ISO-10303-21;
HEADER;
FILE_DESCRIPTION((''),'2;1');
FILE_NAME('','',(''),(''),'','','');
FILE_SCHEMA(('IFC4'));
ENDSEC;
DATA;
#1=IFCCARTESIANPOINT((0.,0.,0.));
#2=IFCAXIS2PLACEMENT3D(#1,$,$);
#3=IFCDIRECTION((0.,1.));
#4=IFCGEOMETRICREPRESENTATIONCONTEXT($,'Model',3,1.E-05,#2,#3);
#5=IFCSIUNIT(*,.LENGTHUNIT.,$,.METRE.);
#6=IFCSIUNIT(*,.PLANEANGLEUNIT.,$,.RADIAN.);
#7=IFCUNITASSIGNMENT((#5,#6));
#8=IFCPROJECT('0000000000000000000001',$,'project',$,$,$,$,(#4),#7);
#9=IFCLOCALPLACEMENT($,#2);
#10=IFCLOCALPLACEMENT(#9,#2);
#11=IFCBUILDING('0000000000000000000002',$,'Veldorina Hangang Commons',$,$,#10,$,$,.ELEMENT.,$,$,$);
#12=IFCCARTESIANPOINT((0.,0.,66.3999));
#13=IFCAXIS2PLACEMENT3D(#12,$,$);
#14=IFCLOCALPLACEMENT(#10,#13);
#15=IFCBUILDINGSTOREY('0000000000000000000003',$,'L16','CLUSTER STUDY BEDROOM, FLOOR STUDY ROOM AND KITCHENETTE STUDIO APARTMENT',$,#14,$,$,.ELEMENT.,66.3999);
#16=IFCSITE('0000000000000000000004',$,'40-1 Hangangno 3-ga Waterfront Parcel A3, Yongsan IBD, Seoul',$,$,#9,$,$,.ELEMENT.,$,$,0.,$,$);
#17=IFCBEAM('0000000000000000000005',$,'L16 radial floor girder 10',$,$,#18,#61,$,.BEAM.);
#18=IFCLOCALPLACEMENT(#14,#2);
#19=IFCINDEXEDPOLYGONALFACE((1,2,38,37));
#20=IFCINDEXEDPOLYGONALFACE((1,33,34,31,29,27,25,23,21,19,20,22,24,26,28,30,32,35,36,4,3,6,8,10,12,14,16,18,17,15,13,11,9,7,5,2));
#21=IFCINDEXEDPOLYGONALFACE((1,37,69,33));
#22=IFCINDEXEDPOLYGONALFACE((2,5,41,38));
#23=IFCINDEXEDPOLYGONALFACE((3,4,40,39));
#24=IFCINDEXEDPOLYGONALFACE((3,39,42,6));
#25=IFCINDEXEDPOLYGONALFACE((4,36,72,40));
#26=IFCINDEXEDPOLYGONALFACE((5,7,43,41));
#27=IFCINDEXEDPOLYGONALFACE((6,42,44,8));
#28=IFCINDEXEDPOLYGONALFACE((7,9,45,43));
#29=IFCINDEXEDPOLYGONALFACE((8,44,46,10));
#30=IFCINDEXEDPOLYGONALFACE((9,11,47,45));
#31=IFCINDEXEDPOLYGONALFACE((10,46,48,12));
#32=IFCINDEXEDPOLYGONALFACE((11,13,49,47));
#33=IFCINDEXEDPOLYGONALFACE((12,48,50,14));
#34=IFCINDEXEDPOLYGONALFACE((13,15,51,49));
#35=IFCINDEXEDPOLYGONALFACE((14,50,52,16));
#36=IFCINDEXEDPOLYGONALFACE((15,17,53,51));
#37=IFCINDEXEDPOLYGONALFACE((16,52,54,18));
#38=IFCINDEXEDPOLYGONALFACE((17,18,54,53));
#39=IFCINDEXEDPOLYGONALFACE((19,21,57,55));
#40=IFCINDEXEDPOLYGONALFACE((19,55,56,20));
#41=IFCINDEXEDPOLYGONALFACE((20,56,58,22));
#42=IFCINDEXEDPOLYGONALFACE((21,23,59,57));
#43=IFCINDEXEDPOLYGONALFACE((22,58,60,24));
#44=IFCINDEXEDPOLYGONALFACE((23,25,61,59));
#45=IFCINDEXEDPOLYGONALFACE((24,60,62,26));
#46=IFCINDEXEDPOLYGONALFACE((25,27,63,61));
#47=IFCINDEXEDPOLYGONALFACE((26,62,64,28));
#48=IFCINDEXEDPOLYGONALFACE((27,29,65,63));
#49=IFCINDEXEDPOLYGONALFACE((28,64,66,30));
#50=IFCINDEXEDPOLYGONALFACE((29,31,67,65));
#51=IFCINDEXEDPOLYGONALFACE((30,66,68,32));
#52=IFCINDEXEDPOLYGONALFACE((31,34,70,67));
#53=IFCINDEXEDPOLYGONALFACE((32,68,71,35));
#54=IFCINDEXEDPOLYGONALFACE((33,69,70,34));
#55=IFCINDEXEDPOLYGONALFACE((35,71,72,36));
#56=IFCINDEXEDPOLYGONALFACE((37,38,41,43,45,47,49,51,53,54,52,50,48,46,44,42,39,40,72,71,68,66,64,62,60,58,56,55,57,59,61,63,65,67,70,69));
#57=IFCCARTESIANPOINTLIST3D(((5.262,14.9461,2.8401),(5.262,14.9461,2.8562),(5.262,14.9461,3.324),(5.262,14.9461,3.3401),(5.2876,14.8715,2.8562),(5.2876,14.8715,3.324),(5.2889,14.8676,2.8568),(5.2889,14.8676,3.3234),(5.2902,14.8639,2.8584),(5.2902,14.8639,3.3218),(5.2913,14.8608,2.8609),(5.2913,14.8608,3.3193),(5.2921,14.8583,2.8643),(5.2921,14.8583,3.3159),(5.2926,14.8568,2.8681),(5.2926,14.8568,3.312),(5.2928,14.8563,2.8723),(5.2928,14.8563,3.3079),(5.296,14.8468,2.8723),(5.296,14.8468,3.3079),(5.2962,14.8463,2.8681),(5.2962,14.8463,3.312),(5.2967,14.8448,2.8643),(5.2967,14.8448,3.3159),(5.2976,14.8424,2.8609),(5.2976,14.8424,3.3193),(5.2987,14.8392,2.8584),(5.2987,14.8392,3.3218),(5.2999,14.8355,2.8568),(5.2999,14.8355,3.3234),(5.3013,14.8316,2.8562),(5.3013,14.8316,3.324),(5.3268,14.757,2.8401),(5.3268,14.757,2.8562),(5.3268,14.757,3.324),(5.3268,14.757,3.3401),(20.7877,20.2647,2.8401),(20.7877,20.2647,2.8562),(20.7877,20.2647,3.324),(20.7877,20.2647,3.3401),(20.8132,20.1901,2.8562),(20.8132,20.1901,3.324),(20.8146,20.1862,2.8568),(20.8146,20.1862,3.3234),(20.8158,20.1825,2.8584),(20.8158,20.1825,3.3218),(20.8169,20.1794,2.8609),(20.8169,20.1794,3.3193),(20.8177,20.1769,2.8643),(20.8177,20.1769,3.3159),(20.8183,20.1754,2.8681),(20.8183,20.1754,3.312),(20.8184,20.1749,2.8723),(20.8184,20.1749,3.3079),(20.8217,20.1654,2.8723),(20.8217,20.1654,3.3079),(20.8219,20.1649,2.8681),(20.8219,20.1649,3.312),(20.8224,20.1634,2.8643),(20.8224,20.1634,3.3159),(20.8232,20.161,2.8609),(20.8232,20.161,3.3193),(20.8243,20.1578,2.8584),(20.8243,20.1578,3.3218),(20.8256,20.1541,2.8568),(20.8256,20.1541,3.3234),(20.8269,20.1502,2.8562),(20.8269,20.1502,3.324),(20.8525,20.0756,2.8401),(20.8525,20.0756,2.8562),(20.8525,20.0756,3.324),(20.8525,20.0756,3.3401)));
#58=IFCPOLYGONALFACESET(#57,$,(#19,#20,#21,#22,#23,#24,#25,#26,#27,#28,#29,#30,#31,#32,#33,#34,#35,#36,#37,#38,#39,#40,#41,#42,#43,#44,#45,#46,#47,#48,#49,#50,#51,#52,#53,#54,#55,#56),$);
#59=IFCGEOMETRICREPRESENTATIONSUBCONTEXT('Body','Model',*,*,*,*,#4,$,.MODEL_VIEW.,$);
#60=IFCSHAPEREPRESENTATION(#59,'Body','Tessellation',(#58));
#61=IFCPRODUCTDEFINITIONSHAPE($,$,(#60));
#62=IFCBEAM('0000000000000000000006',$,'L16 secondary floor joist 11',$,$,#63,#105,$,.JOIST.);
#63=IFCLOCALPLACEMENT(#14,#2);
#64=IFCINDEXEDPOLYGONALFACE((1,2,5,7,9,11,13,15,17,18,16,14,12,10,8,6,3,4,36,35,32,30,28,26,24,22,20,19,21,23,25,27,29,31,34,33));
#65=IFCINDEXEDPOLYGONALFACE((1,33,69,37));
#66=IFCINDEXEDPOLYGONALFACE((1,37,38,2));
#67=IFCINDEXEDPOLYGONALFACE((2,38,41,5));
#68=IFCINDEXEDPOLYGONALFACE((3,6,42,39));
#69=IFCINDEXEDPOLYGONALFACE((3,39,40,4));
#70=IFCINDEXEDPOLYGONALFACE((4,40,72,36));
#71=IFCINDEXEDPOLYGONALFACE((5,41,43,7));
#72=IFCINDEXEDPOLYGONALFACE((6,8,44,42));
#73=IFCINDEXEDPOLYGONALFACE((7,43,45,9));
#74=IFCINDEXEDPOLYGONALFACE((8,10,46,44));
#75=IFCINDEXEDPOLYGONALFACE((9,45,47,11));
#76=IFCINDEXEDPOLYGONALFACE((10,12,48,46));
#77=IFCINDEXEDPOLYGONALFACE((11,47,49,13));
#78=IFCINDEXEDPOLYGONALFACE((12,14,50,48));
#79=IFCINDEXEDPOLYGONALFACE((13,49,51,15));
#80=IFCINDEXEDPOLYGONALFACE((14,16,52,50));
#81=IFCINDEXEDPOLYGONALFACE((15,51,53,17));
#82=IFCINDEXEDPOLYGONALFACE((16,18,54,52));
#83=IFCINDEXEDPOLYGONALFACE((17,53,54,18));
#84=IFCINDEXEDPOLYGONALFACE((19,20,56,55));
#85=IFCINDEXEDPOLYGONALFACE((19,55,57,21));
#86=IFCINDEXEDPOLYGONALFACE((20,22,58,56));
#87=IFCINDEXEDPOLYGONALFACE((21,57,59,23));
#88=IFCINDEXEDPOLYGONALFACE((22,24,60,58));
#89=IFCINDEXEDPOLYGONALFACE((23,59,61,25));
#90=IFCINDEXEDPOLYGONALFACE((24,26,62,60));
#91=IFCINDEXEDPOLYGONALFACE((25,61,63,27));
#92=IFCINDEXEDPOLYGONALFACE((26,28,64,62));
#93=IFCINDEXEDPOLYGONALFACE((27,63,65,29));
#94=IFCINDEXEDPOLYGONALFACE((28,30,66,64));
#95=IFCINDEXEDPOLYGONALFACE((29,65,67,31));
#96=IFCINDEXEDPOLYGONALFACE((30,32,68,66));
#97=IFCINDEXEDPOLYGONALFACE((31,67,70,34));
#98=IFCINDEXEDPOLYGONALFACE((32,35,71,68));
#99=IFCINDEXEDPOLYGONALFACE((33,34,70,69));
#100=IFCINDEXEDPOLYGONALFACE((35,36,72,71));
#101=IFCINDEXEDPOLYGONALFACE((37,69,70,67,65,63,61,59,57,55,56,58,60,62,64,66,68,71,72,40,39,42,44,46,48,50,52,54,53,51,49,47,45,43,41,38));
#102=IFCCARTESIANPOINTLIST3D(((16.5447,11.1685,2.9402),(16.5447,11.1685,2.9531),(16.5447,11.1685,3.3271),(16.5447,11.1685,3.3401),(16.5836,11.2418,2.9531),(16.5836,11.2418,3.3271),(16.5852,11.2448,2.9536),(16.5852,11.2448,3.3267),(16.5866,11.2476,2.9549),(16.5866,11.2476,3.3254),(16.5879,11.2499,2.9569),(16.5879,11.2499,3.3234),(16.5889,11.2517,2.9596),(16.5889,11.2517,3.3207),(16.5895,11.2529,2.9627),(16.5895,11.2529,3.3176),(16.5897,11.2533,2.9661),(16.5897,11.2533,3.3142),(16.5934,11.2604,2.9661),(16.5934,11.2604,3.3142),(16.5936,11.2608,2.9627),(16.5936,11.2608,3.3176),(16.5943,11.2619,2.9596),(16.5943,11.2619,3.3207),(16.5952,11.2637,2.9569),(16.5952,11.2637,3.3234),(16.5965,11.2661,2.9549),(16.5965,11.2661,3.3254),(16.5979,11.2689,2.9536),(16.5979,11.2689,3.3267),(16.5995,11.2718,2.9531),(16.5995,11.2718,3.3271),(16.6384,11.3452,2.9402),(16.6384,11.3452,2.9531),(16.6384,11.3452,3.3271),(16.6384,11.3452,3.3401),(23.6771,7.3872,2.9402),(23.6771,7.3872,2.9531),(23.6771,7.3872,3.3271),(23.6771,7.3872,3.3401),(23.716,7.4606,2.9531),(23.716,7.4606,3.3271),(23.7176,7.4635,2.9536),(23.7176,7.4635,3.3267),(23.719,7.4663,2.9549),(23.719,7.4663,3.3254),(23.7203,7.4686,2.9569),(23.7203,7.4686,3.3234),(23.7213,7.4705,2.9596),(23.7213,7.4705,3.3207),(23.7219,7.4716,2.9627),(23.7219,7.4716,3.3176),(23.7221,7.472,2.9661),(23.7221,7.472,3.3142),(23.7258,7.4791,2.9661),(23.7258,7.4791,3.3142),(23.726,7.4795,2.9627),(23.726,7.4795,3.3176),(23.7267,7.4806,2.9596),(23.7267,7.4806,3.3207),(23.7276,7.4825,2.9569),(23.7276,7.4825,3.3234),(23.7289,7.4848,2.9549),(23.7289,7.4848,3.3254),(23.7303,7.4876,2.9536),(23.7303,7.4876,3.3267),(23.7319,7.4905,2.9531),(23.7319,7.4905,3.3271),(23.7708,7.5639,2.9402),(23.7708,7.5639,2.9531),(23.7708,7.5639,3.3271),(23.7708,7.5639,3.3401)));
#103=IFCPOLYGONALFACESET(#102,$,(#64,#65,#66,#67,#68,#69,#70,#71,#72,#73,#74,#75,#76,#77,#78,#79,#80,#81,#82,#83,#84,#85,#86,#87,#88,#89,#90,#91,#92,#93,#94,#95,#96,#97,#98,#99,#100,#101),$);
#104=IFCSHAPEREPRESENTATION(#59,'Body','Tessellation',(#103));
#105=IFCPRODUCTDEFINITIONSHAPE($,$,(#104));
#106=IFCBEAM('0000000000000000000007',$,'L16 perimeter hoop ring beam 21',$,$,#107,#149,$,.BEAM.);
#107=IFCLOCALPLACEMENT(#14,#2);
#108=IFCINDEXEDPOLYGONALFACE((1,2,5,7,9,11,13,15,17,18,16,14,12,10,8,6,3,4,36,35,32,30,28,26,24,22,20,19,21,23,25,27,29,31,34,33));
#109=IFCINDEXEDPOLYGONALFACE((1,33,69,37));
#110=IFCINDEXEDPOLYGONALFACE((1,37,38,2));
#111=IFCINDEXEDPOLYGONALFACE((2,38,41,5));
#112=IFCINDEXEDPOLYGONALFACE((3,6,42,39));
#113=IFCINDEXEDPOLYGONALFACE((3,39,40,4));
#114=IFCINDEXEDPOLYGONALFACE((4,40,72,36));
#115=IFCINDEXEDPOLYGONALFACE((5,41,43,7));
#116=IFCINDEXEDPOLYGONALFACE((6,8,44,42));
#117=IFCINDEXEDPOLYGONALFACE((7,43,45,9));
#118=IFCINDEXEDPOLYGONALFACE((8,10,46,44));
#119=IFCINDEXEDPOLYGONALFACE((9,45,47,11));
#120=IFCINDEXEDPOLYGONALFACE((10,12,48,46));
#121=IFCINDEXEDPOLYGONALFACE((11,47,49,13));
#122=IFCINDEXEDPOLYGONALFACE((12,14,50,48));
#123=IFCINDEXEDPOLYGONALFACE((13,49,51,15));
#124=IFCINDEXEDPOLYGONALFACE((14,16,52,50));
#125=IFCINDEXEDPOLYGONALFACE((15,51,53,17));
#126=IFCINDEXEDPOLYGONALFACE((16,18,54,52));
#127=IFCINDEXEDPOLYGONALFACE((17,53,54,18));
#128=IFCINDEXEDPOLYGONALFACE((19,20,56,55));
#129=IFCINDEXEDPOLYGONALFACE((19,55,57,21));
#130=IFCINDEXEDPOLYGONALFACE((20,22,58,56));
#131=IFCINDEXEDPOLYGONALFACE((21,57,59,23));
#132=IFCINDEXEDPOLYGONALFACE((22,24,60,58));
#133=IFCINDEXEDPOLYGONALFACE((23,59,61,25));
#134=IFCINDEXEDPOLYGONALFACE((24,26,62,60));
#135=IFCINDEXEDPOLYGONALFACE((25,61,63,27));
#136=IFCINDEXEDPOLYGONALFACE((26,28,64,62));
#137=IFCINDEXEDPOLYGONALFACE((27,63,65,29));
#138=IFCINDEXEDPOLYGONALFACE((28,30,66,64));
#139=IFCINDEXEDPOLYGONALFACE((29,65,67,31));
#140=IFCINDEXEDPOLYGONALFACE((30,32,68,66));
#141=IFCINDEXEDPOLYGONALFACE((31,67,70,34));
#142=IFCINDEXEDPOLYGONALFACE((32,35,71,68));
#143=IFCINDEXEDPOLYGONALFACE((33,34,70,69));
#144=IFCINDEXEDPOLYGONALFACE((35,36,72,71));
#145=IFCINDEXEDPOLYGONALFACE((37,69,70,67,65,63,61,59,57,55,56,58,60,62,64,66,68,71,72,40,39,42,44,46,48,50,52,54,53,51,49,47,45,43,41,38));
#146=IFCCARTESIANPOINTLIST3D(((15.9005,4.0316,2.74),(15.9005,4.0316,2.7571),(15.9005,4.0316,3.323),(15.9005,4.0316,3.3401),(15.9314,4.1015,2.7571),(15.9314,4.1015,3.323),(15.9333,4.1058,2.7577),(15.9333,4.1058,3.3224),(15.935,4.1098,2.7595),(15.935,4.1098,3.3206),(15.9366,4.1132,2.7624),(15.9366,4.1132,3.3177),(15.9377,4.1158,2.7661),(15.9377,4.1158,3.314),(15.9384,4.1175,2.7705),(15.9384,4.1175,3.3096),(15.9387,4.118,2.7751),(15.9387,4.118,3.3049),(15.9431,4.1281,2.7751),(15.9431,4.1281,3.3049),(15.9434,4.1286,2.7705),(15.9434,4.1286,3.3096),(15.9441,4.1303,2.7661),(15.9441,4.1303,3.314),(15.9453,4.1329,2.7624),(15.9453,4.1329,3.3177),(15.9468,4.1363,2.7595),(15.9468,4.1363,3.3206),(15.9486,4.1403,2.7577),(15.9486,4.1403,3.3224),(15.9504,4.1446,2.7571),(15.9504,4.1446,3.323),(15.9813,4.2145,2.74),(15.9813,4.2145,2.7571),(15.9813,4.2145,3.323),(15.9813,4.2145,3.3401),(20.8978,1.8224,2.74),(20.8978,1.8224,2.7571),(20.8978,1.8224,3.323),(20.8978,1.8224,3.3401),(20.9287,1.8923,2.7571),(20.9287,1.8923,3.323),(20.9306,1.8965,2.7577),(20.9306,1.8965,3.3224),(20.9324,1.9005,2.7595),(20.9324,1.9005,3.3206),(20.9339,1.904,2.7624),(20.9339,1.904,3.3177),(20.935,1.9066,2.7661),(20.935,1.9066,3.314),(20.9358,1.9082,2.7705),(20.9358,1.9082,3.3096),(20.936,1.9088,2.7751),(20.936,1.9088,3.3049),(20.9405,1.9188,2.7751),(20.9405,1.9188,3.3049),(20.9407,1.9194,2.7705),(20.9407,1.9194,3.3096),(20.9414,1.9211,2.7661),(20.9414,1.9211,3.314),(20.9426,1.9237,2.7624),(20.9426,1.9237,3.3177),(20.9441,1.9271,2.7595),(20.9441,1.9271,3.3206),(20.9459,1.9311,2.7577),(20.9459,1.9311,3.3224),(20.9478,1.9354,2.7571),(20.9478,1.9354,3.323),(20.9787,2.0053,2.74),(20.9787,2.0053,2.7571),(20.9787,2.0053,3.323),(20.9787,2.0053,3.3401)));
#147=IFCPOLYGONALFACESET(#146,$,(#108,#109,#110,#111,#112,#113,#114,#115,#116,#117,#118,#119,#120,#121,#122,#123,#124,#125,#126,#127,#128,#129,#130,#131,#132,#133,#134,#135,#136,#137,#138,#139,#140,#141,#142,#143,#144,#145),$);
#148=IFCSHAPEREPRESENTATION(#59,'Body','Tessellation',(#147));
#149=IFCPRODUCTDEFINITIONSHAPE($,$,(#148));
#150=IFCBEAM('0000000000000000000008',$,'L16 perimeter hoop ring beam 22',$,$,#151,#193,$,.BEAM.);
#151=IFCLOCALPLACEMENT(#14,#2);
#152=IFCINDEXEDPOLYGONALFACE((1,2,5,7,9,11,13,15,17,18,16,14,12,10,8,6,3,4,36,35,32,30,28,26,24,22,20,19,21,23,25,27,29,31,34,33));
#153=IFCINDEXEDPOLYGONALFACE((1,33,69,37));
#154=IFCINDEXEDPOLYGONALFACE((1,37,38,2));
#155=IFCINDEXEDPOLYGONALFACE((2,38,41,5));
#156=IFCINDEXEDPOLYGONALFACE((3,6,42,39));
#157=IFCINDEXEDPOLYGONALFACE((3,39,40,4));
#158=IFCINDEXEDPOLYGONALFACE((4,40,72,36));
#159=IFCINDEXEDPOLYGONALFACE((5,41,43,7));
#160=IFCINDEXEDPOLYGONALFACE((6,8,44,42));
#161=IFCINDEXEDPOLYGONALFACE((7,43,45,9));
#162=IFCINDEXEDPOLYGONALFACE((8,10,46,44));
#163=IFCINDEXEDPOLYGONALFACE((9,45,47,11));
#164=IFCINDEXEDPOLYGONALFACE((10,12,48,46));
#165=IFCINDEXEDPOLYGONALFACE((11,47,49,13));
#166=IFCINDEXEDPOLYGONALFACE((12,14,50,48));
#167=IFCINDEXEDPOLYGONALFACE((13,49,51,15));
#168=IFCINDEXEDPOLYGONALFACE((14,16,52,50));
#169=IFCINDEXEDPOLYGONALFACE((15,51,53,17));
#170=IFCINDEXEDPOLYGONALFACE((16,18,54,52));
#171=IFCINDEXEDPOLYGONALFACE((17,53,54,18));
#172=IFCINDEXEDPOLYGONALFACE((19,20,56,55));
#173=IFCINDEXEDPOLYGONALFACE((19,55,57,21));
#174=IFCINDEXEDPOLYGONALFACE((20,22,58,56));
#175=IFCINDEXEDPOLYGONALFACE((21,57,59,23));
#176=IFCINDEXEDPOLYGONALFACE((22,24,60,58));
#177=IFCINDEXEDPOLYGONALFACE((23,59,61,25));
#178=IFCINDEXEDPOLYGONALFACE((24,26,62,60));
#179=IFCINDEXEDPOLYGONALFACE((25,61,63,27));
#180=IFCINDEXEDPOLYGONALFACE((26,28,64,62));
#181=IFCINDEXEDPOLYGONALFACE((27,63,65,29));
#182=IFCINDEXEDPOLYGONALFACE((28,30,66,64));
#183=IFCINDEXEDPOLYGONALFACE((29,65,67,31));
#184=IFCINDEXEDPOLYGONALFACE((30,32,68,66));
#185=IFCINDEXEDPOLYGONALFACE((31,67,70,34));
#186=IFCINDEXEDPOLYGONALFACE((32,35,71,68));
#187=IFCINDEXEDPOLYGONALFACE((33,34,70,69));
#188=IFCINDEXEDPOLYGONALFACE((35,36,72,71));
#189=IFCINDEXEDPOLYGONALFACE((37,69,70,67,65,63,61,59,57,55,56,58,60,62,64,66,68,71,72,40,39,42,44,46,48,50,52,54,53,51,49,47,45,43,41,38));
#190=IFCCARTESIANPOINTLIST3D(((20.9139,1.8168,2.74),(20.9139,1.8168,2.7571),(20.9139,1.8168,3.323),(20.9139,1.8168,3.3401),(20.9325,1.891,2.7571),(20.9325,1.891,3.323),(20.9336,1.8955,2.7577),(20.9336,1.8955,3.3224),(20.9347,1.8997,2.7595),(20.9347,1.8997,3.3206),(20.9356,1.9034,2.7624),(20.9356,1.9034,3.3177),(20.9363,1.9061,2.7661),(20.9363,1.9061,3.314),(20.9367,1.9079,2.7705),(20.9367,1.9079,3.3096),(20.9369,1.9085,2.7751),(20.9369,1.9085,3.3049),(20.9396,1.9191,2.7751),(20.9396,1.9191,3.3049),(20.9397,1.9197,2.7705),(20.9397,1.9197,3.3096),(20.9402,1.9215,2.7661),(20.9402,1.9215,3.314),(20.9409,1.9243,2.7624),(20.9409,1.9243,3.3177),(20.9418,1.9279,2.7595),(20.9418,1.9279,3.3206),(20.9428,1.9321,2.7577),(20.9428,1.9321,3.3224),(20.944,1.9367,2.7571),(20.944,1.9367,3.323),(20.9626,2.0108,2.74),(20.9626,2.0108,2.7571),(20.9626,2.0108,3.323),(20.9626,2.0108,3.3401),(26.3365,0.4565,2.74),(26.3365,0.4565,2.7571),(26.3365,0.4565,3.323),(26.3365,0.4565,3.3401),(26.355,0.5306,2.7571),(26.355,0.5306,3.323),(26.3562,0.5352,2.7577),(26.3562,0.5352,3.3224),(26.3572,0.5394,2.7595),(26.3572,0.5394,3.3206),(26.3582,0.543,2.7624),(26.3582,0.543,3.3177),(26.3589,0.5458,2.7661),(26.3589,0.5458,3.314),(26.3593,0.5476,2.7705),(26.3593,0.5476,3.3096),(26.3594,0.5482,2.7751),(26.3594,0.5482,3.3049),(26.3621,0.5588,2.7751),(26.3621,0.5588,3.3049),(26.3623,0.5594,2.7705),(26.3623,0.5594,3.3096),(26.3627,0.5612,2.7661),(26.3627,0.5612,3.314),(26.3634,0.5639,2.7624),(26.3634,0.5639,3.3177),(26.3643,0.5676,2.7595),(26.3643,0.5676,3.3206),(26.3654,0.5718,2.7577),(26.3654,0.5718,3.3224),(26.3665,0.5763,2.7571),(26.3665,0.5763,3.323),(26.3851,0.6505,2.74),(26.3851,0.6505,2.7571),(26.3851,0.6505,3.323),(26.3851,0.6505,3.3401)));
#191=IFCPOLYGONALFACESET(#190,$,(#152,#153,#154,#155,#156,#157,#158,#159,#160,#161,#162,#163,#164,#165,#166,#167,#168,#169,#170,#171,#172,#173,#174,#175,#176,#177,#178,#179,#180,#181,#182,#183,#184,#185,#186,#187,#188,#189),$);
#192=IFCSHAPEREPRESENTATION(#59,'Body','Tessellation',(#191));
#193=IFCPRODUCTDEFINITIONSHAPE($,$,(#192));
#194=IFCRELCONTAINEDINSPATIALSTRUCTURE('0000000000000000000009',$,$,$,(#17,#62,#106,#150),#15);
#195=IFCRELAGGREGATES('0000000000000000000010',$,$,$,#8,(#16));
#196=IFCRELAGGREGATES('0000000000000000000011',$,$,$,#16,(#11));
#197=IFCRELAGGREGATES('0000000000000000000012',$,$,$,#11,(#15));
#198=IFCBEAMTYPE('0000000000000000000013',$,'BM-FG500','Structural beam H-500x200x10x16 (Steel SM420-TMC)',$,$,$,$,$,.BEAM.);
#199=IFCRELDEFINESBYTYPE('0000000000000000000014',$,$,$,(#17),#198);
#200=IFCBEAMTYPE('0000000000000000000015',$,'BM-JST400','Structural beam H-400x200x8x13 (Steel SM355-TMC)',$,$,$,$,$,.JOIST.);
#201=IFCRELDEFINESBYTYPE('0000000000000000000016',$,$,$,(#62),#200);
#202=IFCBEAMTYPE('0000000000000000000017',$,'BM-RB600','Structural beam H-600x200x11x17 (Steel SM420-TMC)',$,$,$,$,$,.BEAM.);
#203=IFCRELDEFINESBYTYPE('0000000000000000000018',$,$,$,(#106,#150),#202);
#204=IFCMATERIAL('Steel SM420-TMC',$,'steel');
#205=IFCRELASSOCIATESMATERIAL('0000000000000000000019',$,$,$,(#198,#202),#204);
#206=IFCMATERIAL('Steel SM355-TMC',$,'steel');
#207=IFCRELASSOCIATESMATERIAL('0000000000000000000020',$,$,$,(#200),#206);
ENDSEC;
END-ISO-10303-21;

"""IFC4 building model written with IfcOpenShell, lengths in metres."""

from ifc_helpers import new_model, si_unit, direction, frame, origin, origin_2d, place, context, subcontext, project, spatial, i_section, extrude, material, material_profile, profile_set, type_object, element, save


model = new_model("IFC4")

# Units and contexts
model_context = context("Model", 3, precision=1e-05, world=origin(), true_north=direction((0.0, 1.0)))
body_context = subcontext(model_context, "Body", "Model", "MODEL_VIEW")
ifc_project = project(units=[si_unit("LENGTHUNIT", "METRE"), si_unit("PLANEANGLEUNIT", "RADIAN")], contexts=[model_context])

# Site, building, storey
site_placement = place(None, origin())
site = spatial("IfcSite", under=ifc_project, at=site_placement, Name="40-1 Hangangno 3-ga Waterfront Parcel A3, Yongsan IBD, Seoul", CompositionType="ELEMENT", RefElevation=0.0)
building_placement = place(site_placement, origin())
building = spatial("IfcBuilding", under=site, at=building_placement, Name="Veldorina Hangang Commons", CompositionType="ELEMENT")
storey_placement = place(building_placement, frame((0.0, 0.0, 66.3999)))
storey = spatial("IfcBuildingStorey", under=building, at=storey_placement, Name="L16", Description="CLUSTER STUDY BEDROOM, FLOOR STUDY ROOM AND KITCHENETTE STUDIO APARTMENT", CompositionType="ELEMENT", Elevation=66.3999)

# Beams
ifc_material_1 = material(Name="Steel SM420-TMC", Category="steel")
ifc_material_profile_1 = material_profile(ifc_material_1, i_section(OverallWidth=0.2, OverallDepth=0.5, WebThickness=0.01, FlangeThickness=0.0161, FilletRadius=0.0161, at=origin_2d()), Name="H-500x200x10x16")
ifc_profile_set_1 = profile_set([ifc_material_profile_1], Name="Steel SM420-TMC")
beam_type_1 = type_object("IfcBeamType", Name="BM-FG500", Description="Structural beam H-500x200x10x16 (Steel SM420-TMC)", PredefinedType="BEAM", material=ifc_profile_set_1)
beam_1_placement = place(storey_placement, frame((20.8201, 20.1702, 3.0901), z_axis=(-0.94603, -0.324081, 0.0), x_axis=(0.324081, -0.94603, 0.0)))
element("IfcBeam", 1, at=beam_1_placement, inside=storey, type_object=beam_type_1, Name="L16 radial floor girder 10", PredefinedType="BEAM", context=body_context, shape_type="SweptSolid", body=[
    extrude(i_section(OverallWidth=0.2, OverallDepth=0.5, WebThickness=0.01, FlangeThickness=0.0161, FilletRadius=0.0161, at=origin_2d()), origin(), (0.0, 0.0, 1.0), 16.4114),
])
ifc_material_2 = material(Name="Steel SM355-TMC", Category="steel")
ifc_material_profile_2 = material_profile(ifc_material_2, i_section(OverallWidth=0.2, OverallDepth=0.3999, WebThickness=0.0081, FlangeThickness=0.0129, FilletRadius=0.0129, at=origin_2d()), Name="H-400x200x8x13")
ifc_profile_set_2 = profile_set([ifc_material_profile_2], Name="Steel SM355-TMC")
beam_type_2 = type_object("IfcBeamType", Name="BM-JST400", Description="Structural beam H-400x200x8x13 (Steel SM355-TMC)", PredefinedType="JOIST", material=ifc_profile_set_2)
beam_2_placement = place(storey_placement, frame((16.5916, 11.2568, 3.1401), z_axis=(0.883516, -0.468402, 0.0), x_axis=(0.468402, 0.883516, 0.0)))
element("IfcBeam", 2, at=beam_2_placement, inside=storey, type_object=beam_type_2, Name="L16 secondary floor joist 11", PredefinedType="JOIST", context=body_context, shape_type="SweptSolid", body=[
    extrude(i_section(OverallWidth=0.2, OverallDepth=0.3999, WebThickness=0.0081, FlangeThickness=0.0129, FilletRadius=0.0129, at=origin_2d()), origin(), (0.0, 0.0, 1.0), 8.0728),
])
ifc_material_profile_3 = material_profile(ifc_material_1, i_section(OverallWidth=0.2, OverallDepth=0.6001, WebThickness=0.011, FlangeThickness=0.0171, FilletRadius=0.0181, at=origin_2d()), Name="H-600x200x11x17")
ifc_profile_set_3 = profile_set([ifc_material_profile_3], Name="Steel SM420-TMC")
beam_type_3 = type_object("IfcBeamType", Name="BM-RB600", Description="Structural beam H-600x200x11x17 (Steel SM420-TMC)", PredefinedType="BEAM", material=ifc_profile_set_3)
beam_3_placement = place(storey_placement, frame((15.9409, 4.123, 3.04), z_axis=(0.914611, -0.404334, 0.0), x_axis=(0.404334, 0.914611, 0.0)))
element("IfcBeam", 3, at=beam_3_placement, inside=storey, type_object=beam_type_3, Name="L16 perimeter hoop ring beam 21", PredefinedType="BEAM", context=body_context, shape_type="SweptSolid", body=[
    extrude(i_section(OverallWidth=0.2, OverallDepth=0.6001, WebThickness=0.011, FlangeThickness=0.0171, FilletRadius=0.0181, at=origin_2d()), origin(), (0.0, 0.0, 1.0), 5.4639),
])
beam_4_placement = place(storey_placement, frame((20.9382, 1.9138, 3.04), z_axis=(0.969944, -0.243327, 0.0), x_axis=(0.243327, 0.969944, 0.0)))
element("IfcBeam", 4, at=beam_4_placement, inside=storey, type_object=beam_type_3, Name="L16 perimeter hoop ring beam 22", PredefinedType="BEAM", context=body_context, shape_type="SweptSolid", body=[
    extrude(i_section(OverallWidth=0.2, OverallDepth=0.6001, WebThickness=0.011, FlangeThickness=0.0171, FilletRadius=0.0181, at=origin_2d()), origin(), (0.0, 0.0, 1.0), 5.5906),
])

save(model, "model.ifc")
